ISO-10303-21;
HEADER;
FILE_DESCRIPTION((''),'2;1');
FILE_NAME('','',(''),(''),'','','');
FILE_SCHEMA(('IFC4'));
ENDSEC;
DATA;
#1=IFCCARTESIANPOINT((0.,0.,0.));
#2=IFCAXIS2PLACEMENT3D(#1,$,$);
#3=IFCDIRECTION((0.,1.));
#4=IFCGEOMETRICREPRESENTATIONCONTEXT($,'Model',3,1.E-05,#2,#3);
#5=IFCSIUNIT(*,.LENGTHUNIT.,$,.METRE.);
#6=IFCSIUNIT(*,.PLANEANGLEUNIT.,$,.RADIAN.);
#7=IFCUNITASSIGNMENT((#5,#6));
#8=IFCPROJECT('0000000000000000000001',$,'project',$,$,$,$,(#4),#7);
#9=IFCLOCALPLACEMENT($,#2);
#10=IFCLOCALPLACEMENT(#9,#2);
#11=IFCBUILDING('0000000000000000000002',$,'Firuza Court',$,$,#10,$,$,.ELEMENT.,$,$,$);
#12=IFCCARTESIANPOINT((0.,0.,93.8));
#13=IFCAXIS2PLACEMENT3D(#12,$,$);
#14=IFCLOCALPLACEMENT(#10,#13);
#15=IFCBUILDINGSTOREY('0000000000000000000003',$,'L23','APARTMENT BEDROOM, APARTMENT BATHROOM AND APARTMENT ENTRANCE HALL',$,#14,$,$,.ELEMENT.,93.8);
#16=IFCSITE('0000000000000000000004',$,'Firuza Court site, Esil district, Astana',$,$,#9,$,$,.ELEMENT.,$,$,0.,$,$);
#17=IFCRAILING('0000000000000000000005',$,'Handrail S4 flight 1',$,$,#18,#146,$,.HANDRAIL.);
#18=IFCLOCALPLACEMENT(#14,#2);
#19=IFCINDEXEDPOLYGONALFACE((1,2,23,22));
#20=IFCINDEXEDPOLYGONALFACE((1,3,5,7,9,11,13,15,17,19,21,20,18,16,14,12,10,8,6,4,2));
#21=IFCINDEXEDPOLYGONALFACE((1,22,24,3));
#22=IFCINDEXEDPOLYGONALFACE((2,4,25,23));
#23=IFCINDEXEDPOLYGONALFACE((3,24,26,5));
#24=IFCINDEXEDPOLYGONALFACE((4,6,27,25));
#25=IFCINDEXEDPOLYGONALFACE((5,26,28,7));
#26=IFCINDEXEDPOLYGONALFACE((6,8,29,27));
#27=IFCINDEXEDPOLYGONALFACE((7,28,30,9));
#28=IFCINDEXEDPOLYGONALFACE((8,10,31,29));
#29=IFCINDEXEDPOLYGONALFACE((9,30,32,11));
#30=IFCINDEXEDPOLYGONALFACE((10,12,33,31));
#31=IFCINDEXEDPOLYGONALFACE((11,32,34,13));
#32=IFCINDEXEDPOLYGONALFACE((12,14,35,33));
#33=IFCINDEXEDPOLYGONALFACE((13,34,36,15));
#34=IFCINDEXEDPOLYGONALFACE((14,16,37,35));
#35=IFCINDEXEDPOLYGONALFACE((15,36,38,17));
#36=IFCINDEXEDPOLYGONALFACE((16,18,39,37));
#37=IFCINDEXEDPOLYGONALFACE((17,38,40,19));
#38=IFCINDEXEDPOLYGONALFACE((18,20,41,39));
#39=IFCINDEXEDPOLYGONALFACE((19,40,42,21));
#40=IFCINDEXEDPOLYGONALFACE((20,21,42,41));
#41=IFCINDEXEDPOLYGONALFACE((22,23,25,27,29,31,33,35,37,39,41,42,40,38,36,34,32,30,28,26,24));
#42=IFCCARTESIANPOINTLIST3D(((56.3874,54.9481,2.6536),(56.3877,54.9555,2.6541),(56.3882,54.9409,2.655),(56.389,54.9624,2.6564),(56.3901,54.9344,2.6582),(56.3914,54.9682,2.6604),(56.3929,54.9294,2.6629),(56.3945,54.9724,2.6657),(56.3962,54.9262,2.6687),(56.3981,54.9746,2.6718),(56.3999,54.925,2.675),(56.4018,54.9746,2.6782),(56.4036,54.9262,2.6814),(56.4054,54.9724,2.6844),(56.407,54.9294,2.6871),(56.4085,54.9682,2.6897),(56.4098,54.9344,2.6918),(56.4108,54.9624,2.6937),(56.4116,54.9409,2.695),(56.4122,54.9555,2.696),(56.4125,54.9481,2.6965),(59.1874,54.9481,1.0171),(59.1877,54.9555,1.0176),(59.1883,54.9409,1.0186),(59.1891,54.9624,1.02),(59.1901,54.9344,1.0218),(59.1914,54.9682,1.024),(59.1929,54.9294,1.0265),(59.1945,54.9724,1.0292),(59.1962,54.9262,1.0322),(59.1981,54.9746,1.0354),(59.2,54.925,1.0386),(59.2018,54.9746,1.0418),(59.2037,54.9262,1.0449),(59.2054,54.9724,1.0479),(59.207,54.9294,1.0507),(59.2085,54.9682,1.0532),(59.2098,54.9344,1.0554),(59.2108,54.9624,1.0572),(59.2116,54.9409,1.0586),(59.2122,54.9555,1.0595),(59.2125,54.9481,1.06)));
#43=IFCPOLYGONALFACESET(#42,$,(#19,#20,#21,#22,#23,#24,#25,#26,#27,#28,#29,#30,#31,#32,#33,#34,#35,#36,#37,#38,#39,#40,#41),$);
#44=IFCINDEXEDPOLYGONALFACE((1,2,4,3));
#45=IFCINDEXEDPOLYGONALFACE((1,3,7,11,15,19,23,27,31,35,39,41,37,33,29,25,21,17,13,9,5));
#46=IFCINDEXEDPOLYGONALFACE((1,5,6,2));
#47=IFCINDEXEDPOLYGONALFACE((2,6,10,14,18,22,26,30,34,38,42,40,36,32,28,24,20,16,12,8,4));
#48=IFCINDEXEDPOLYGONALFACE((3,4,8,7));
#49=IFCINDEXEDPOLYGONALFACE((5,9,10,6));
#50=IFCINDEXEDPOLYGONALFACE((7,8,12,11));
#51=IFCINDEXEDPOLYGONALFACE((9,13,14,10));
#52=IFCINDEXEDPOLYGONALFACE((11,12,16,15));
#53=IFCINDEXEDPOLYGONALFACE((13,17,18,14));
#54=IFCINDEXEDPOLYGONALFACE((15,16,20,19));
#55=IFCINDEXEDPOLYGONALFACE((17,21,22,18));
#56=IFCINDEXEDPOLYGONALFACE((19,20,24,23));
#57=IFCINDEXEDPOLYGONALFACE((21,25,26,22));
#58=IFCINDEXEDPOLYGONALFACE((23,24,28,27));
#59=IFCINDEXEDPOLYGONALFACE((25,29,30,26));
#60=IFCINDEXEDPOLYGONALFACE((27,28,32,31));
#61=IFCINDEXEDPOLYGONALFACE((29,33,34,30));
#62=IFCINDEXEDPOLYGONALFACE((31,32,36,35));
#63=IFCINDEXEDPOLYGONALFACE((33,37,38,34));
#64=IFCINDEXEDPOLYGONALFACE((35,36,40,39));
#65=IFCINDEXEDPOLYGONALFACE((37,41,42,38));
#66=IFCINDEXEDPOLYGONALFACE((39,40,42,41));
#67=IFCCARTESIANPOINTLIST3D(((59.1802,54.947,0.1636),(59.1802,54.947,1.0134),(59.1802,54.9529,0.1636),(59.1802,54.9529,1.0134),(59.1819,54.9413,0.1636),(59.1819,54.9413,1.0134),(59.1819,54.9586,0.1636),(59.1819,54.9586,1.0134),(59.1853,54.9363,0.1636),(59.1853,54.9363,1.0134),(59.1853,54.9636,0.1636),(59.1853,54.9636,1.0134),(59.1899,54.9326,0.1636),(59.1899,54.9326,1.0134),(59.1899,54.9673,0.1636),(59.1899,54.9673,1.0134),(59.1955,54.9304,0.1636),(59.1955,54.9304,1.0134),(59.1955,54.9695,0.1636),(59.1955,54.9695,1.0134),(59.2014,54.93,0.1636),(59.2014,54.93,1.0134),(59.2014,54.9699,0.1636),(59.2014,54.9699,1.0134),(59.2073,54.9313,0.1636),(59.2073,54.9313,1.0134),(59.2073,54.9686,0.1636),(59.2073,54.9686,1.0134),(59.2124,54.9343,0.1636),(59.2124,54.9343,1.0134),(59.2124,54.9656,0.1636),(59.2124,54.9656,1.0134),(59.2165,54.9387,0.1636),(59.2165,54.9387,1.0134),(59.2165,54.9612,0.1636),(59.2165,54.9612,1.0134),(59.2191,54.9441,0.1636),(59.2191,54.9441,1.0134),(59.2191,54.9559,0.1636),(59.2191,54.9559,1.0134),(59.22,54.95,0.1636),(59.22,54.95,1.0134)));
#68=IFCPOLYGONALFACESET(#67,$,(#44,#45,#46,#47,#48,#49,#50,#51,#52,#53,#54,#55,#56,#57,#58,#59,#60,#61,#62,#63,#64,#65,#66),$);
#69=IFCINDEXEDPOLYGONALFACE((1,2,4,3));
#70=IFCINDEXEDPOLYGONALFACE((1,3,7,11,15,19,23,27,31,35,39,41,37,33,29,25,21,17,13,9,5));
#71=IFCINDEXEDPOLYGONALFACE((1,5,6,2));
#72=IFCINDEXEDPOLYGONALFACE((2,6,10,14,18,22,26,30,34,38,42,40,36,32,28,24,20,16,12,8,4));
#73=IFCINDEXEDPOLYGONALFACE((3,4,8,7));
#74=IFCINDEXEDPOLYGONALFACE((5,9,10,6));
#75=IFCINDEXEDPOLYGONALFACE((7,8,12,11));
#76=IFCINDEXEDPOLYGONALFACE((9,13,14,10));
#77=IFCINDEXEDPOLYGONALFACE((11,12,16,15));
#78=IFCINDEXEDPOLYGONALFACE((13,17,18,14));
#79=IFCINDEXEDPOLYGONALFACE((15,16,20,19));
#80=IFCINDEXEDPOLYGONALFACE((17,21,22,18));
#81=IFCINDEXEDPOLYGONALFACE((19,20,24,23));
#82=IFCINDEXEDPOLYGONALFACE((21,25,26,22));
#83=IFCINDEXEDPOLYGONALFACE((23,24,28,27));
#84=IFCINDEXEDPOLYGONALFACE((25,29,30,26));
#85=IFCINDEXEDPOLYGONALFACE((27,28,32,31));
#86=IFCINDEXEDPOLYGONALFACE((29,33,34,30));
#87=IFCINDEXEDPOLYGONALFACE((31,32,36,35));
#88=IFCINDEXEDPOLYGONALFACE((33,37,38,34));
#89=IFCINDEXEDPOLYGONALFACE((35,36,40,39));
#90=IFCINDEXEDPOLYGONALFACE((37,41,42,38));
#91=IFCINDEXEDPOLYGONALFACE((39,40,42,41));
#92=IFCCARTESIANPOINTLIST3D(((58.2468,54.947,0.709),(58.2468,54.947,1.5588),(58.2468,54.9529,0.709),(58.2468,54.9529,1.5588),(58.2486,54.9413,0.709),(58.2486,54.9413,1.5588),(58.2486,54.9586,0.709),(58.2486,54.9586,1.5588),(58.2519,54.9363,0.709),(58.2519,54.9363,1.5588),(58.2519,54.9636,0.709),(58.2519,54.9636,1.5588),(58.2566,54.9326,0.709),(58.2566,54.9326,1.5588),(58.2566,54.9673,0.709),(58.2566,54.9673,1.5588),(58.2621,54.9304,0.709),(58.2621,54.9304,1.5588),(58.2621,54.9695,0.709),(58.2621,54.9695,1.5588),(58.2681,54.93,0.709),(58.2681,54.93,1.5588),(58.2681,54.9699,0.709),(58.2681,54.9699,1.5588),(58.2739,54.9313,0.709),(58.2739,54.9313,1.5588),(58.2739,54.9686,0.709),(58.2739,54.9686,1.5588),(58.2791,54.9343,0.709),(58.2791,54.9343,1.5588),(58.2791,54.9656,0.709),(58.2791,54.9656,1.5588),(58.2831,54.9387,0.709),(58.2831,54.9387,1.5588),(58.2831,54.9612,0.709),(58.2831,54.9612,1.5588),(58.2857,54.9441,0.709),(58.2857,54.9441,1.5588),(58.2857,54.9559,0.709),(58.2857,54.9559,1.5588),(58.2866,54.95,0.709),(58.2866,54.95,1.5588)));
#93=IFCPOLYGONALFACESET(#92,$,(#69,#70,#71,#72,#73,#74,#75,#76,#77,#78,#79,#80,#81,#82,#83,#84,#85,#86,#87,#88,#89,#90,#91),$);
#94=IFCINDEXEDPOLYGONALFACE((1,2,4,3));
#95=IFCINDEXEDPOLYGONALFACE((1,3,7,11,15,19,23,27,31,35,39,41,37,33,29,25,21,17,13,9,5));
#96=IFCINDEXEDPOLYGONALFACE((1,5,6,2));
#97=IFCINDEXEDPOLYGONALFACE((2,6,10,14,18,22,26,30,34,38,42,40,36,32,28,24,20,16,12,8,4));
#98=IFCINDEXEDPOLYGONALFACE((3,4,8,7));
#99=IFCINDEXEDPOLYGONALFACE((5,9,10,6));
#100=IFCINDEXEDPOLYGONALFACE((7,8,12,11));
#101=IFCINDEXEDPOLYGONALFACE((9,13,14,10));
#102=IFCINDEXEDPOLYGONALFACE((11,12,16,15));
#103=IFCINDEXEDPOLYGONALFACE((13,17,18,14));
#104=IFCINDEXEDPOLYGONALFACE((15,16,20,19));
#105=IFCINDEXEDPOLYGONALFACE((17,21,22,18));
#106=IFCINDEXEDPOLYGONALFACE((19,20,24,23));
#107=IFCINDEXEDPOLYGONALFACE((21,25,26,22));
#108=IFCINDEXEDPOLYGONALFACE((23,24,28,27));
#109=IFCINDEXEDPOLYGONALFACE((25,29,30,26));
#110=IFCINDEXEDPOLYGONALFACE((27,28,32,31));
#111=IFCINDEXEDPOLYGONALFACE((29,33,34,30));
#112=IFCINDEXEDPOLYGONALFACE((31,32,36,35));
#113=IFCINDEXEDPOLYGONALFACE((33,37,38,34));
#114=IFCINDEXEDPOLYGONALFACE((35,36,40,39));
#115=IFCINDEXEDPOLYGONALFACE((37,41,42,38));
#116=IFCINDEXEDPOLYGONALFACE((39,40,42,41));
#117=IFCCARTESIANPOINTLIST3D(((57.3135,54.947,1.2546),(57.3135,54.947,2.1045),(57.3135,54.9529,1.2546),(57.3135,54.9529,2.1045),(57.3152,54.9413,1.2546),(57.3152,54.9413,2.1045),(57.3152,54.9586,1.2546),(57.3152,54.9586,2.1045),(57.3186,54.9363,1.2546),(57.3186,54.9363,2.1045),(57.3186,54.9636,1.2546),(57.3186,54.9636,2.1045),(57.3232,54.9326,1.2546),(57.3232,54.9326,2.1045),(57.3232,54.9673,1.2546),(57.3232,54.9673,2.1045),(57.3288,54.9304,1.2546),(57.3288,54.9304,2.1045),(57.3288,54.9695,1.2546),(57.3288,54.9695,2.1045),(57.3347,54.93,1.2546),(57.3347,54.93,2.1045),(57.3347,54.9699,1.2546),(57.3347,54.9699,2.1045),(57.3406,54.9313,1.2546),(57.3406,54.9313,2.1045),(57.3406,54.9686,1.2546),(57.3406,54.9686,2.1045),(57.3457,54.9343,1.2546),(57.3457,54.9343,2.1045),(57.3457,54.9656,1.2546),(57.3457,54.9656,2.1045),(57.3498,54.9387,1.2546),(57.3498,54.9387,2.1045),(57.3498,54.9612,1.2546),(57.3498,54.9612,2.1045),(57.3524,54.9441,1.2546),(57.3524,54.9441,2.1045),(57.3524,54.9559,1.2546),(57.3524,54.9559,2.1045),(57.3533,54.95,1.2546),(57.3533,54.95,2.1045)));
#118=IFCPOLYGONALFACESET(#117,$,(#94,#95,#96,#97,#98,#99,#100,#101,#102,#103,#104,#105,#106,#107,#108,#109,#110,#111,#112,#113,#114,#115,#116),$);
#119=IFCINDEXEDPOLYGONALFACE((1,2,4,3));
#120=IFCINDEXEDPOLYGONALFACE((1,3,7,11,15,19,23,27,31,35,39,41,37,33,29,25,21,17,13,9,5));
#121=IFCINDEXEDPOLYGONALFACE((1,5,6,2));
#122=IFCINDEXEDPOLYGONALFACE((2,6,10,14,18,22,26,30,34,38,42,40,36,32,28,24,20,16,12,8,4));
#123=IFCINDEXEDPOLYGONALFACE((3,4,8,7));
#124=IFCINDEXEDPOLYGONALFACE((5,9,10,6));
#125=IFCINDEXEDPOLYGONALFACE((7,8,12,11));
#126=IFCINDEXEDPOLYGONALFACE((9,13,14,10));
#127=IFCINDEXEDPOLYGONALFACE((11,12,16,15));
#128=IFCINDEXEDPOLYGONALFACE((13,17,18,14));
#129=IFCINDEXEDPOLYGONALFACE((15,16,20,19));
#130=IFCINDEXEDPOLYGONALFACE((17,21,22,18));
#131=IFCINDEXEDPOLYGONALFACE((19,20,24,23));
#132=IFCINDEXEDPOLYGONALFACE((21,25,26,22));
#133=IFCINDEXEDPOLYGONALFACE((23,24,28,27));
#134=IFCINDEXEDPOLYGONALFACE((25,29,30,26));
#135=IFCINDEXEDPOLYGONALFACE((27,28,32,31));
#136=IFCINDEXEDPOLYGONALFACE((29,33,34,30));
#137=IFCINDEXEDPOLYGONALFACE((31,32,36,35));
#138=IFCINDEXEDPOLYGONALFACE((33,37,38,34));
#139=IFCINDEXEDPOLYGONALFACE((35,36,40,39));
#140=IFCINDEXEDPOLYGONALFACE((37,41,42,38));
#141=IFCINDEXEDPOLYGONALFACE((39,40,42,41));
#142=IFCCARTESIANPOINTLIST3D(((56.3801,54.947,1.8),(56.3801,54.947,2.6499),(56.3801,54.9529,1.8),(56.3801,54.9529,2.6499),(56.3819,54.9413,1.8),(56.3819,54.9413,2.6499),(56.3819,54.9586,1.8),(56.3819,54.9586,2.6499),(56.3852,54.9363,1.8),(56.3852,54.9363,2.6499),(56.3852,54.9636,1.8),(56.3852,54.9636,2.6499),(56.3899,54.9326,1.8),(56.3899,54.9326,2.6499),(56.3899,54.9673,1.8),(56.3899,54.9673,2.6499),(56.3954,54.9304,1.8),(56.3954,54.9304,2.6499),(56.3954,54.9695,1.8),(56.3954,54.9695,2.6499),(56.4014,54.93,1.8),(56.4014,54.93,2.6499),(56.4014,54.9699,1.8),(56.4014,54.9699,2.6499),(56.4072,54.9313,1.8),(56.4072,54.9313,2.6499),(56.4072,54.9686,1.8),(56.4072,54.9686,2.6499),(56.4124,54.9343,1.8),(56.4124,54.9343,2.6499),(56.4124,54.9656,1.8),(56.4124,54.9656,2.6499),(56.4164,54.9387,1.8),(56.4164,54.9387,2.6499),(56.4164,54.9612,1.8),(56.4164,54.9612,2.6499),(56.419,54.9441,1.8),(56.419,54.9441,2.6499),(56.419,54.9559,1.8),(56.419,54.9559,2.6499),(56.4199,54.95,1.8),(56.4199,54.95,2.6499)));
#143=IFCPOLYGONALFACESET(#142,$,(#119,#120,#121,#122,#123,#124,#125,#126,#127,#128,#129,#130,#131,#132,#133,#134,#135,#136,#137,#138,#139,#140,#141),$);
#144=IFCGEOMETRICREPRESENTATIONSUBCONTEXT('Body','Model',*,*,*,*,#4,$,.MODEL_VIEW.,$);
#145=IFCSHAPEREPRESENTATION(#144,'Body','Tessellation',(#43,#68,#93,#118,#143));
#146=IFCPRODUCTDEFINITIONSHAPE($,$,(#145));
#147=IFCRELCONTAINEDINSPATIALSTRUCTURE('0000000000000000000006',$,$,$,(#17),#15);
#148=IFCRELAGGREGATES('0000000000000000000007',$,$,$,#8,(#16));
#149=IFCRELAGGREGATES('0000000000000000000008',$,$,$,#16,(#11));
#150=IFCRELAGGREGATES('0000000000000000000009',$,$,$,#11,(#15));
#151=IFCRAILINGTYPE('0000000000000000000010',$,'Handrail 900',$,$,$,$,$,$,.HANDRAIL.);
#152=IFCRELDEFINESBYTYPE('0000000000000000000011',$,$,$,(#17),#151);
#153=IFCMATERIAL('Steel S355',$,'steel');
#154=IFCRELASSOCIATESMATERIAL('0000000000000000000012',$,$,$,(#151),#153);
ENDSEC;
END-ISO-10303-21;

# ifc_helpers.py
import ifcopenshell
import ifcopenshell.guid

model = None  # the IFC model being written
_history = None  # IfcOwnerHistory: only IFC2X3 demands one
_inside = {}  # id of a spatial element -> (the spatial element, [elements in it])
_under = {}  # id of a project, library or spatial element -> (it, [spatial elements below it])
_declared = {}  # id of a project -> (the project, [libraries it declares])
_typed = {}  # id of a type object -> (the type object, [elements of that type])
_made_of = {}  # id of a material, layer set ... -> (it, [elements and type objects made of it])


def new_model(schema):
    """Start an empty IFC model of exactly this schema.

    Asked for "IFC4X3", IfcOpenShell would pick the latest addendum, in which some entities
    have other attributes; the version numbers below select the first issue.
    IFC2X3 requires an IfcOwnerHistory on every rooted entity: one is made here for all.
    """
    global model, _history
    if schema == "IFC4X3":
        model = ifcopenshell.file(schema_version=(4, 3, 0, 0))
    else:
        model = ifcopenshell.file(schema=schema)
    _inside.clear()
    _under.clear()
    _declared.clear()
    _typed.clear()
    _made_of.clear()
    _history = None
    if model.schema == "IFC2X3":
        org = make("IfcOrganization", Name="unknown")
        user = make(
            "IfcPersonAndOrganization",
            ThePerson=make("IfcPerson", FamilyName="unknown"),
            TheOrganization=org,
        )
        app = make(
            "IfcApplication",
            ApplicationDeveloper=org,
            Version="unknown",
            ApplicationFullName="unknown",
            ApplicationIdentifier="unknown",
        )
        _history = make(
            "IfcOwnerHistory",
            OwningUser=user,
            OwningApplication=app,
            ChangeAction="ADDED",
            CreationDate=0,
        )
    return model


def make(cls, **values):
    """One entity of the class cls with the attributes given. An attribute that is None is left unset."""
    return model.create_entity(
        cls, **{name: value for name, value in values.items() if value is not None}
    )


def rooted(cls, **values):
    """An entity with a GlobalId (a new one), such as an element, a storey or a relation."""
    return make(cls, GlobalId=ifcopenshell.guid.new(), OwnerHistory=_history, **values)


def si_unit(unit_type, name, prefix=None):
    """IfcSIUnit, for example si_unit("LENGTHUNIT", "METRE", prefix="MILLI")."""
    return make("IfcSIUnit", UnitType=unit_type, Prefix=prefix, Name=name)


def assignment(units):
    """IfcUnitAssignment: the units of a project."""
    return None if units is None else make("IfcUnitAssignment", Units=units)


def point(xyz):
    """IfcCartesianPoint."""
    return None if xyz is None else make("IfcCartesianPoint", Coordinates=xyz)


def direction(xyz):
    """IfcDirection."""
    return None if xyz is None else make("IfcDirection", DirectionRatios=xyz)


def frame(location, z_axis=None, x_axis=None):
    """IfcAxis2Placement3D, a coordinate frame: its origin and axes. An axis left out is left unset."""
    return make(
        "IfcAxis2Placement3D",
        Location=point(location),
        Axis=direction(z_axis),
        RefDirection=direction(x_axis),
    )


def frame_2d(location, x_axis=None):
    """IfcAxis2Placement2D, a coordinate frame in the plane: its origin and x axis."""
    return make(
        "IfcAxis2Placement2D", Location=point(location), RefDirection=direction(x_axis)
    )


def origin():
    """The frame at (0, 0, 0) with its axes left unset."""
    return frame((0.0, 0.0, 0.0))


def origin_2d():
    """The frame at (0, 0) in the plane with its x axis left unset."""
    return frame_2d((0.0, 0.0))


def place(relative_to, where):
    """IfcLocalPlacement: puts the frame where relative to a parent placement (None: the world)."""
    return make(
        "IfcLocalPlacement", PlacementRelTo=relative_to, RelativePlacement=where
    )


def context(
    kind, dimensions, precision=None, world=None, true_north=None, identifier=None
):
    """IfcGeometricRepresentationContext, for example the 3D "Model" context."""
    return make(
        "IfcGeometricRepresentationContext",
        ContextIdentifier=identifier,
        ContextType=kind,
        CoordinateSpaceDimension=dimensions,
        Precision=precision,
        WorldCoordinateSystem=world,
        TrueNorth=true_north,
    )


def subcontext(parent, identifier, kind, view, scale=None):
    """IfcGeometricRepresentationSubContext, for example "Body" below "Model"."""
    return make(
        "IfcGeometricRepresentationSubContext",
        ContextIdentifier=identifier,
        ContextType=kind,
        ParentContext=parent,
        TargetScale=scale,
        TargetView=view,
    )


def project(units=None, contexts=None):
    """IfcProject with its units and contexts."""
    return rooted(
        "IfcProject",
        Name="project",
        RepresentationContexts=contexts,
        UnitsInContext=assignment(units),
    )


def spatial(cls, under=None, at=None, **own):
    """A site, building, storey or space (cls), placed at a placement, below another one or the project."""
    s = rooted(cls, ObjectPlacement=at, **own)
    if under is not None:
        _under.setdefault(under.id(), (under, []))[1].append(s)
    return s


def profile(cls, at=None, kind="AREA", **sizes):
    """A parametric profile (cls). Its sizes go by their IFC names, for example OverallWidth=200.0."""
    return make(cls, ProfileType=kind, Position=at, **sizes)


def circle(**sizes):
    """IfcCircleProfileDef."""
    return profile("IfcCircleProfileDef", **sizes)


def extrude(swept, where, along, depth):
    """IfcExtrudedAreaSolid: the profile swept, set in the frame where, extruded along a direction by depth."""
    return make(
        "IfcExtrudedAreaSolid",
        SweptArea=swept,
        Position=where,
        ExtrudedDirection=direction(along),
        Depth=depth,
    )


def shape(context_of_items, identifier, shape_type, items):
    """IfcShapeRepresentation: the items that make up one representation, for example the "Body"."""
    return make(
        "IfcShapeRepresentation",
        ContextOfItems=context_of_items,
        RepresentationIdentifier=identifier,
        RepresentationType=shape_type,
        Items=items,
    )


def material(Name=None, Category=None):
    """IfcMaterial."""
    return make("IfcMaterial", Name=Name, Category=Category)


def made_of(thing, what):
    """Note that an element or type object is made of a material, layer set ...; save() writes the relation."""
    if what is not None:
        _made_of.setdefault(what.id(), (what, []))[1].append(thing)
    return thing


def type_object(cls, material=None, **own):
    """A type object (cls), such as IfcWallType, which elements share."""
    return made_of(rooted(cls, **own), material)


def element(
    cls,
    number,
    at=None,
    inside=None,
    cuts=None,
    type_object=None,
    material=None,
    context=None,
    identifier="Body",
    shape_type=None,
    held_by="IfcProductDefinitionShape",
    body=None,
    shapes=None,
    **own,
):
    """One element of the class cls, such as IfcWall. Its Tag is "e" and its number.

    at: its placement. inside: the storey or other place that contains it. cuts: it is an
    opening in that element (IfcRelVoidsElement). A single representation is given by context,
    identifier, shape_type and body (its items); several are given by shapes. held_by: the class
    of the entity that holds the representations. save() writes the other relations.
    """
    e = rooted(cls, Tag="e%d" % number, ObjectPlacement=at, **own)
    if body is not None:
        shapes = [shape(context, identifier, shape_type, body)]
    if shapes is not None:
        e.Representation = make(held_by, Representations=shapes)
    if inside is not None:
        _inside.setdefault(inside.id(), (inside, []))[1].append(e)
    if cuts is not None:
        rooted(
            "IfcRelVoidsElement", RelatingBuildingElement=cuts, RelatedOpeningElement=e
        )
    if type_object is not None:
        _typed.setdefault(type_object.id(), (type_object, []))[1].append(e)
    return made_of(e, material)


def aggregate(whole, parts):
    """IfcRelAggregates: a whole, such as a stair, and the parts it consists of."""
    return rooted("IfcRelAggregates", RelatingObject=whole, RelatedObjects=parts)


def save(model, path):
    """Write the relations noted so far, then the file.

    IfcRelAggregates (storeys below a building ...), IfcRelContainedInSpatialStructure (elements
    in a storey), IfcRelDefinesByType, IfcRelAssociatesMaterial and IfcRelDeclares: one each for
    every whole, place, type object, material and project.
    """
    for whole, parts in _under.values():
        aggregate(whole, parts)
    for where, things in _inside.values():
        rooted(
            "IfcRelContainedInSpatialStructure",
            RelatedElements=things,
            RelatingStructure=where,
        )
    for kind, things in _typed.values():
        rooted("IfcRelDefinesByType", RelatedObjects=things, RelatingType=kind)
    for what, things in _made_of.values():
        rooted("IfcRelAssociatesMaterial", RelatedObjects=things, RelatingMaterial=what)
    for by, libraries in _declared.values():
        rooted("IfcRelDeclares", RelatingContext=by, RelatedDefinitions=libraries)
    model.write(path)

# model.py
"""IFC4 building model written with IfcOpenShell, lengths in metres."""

from ifc_helpers import new_model, si_unit, direction, frame, origin, origin_2d, place, context, subcontext, project, spatial, circle, extrude, material, type_object, element, save


model = new_model("IFC4")

# Units and contexts
model_context = context("Model", 3, precision=1e-05, world=origin(), true_north=direction((0.0, 1.0)))
body_context = subcontext(model_context, "Body", "Model", "MODEL_VIEW")
ifc_project = project(units=[si_unit("LENGTHUNIT", "METRE"), si_unit("PLANEANGLEUNIT", "RADIAN")], contexts=[model_context])

# Site, building, storey
site_placement = place(None, origin())
site = spatial("IfcSite", under=ifc_project, at=site_placement, Name="Firuza Court site, Esil district, Astana", CompositionType="ELEMENT", RefElevation=0.0)
building_placement = place(site_placement, origin())
building = spatial("IfcBuilding", under=site, at=building_placement, Name="Firuza Court", CompositionType="ELEMENT")
storey_placement = place(building_placement, frame((0.0, 0.0, 93.8)))
storey = spatial("IfcBuildingStorey", under=building, at=storey_placement, Name="L23", Description="APARTMENT BEDROOM, APARTMENT BATHROOM AND APARTMENT ENTRANCE HALL", CompositionType="ELEMENT", Elevation=93.8)

# Railing
ifc_material_1 = material(Name="Steel S355", Category="steel")
railing_type_1 = type_object("IfcRailingType", Name="Handrail 900", PredefinedType="HANDRAIL", material=ifc_material_1)
railing_1_placement = place(storey_placement, frame((59.2, 54.95, 0.1636)))
element("IfcRailing", 1, at=railing_1_placement, inside=storey, type_object=railing_type_1, Name="Handrail S4 flight 1", PredefinedType="HANDRAIL", context=body_context, shape_type="SweptSolid", body=[
    extrude(circle(Radius=0.0249, at=origin_2d()), frame((0.0, 0.0, 0.875), z_axis=(-0.863361, 0.0, 0.504587), x_axis=(0.0, -1.0, 0.0)), (0.0, 0.0, 1.0), 3.2432),
    extrude(circle(Radius=0.02, at=origin_2d()), origin(), (0.0, 0.0, 1.0), 0.8499),
    extrude(circle(Radius=0.02, at=origin_2d()), frame((-0.9333, 0.0, 0.5454)), (0.0, 0.0, 1.0), 0.8499),
    extrude(circle(Radius=0.02, at=origin_2d()), frame((-1.8667, 0.0, 1.0911)), (0.0, 0.0, 1.0), 0.8499),
    extrude(circle(Radius=0.02, at=origin_2d()), frame((-2.8, 0.0, 1.6365)), (0.0, 0.0, 1.0), 0.8499),
])

save(model, "model.ifc")
